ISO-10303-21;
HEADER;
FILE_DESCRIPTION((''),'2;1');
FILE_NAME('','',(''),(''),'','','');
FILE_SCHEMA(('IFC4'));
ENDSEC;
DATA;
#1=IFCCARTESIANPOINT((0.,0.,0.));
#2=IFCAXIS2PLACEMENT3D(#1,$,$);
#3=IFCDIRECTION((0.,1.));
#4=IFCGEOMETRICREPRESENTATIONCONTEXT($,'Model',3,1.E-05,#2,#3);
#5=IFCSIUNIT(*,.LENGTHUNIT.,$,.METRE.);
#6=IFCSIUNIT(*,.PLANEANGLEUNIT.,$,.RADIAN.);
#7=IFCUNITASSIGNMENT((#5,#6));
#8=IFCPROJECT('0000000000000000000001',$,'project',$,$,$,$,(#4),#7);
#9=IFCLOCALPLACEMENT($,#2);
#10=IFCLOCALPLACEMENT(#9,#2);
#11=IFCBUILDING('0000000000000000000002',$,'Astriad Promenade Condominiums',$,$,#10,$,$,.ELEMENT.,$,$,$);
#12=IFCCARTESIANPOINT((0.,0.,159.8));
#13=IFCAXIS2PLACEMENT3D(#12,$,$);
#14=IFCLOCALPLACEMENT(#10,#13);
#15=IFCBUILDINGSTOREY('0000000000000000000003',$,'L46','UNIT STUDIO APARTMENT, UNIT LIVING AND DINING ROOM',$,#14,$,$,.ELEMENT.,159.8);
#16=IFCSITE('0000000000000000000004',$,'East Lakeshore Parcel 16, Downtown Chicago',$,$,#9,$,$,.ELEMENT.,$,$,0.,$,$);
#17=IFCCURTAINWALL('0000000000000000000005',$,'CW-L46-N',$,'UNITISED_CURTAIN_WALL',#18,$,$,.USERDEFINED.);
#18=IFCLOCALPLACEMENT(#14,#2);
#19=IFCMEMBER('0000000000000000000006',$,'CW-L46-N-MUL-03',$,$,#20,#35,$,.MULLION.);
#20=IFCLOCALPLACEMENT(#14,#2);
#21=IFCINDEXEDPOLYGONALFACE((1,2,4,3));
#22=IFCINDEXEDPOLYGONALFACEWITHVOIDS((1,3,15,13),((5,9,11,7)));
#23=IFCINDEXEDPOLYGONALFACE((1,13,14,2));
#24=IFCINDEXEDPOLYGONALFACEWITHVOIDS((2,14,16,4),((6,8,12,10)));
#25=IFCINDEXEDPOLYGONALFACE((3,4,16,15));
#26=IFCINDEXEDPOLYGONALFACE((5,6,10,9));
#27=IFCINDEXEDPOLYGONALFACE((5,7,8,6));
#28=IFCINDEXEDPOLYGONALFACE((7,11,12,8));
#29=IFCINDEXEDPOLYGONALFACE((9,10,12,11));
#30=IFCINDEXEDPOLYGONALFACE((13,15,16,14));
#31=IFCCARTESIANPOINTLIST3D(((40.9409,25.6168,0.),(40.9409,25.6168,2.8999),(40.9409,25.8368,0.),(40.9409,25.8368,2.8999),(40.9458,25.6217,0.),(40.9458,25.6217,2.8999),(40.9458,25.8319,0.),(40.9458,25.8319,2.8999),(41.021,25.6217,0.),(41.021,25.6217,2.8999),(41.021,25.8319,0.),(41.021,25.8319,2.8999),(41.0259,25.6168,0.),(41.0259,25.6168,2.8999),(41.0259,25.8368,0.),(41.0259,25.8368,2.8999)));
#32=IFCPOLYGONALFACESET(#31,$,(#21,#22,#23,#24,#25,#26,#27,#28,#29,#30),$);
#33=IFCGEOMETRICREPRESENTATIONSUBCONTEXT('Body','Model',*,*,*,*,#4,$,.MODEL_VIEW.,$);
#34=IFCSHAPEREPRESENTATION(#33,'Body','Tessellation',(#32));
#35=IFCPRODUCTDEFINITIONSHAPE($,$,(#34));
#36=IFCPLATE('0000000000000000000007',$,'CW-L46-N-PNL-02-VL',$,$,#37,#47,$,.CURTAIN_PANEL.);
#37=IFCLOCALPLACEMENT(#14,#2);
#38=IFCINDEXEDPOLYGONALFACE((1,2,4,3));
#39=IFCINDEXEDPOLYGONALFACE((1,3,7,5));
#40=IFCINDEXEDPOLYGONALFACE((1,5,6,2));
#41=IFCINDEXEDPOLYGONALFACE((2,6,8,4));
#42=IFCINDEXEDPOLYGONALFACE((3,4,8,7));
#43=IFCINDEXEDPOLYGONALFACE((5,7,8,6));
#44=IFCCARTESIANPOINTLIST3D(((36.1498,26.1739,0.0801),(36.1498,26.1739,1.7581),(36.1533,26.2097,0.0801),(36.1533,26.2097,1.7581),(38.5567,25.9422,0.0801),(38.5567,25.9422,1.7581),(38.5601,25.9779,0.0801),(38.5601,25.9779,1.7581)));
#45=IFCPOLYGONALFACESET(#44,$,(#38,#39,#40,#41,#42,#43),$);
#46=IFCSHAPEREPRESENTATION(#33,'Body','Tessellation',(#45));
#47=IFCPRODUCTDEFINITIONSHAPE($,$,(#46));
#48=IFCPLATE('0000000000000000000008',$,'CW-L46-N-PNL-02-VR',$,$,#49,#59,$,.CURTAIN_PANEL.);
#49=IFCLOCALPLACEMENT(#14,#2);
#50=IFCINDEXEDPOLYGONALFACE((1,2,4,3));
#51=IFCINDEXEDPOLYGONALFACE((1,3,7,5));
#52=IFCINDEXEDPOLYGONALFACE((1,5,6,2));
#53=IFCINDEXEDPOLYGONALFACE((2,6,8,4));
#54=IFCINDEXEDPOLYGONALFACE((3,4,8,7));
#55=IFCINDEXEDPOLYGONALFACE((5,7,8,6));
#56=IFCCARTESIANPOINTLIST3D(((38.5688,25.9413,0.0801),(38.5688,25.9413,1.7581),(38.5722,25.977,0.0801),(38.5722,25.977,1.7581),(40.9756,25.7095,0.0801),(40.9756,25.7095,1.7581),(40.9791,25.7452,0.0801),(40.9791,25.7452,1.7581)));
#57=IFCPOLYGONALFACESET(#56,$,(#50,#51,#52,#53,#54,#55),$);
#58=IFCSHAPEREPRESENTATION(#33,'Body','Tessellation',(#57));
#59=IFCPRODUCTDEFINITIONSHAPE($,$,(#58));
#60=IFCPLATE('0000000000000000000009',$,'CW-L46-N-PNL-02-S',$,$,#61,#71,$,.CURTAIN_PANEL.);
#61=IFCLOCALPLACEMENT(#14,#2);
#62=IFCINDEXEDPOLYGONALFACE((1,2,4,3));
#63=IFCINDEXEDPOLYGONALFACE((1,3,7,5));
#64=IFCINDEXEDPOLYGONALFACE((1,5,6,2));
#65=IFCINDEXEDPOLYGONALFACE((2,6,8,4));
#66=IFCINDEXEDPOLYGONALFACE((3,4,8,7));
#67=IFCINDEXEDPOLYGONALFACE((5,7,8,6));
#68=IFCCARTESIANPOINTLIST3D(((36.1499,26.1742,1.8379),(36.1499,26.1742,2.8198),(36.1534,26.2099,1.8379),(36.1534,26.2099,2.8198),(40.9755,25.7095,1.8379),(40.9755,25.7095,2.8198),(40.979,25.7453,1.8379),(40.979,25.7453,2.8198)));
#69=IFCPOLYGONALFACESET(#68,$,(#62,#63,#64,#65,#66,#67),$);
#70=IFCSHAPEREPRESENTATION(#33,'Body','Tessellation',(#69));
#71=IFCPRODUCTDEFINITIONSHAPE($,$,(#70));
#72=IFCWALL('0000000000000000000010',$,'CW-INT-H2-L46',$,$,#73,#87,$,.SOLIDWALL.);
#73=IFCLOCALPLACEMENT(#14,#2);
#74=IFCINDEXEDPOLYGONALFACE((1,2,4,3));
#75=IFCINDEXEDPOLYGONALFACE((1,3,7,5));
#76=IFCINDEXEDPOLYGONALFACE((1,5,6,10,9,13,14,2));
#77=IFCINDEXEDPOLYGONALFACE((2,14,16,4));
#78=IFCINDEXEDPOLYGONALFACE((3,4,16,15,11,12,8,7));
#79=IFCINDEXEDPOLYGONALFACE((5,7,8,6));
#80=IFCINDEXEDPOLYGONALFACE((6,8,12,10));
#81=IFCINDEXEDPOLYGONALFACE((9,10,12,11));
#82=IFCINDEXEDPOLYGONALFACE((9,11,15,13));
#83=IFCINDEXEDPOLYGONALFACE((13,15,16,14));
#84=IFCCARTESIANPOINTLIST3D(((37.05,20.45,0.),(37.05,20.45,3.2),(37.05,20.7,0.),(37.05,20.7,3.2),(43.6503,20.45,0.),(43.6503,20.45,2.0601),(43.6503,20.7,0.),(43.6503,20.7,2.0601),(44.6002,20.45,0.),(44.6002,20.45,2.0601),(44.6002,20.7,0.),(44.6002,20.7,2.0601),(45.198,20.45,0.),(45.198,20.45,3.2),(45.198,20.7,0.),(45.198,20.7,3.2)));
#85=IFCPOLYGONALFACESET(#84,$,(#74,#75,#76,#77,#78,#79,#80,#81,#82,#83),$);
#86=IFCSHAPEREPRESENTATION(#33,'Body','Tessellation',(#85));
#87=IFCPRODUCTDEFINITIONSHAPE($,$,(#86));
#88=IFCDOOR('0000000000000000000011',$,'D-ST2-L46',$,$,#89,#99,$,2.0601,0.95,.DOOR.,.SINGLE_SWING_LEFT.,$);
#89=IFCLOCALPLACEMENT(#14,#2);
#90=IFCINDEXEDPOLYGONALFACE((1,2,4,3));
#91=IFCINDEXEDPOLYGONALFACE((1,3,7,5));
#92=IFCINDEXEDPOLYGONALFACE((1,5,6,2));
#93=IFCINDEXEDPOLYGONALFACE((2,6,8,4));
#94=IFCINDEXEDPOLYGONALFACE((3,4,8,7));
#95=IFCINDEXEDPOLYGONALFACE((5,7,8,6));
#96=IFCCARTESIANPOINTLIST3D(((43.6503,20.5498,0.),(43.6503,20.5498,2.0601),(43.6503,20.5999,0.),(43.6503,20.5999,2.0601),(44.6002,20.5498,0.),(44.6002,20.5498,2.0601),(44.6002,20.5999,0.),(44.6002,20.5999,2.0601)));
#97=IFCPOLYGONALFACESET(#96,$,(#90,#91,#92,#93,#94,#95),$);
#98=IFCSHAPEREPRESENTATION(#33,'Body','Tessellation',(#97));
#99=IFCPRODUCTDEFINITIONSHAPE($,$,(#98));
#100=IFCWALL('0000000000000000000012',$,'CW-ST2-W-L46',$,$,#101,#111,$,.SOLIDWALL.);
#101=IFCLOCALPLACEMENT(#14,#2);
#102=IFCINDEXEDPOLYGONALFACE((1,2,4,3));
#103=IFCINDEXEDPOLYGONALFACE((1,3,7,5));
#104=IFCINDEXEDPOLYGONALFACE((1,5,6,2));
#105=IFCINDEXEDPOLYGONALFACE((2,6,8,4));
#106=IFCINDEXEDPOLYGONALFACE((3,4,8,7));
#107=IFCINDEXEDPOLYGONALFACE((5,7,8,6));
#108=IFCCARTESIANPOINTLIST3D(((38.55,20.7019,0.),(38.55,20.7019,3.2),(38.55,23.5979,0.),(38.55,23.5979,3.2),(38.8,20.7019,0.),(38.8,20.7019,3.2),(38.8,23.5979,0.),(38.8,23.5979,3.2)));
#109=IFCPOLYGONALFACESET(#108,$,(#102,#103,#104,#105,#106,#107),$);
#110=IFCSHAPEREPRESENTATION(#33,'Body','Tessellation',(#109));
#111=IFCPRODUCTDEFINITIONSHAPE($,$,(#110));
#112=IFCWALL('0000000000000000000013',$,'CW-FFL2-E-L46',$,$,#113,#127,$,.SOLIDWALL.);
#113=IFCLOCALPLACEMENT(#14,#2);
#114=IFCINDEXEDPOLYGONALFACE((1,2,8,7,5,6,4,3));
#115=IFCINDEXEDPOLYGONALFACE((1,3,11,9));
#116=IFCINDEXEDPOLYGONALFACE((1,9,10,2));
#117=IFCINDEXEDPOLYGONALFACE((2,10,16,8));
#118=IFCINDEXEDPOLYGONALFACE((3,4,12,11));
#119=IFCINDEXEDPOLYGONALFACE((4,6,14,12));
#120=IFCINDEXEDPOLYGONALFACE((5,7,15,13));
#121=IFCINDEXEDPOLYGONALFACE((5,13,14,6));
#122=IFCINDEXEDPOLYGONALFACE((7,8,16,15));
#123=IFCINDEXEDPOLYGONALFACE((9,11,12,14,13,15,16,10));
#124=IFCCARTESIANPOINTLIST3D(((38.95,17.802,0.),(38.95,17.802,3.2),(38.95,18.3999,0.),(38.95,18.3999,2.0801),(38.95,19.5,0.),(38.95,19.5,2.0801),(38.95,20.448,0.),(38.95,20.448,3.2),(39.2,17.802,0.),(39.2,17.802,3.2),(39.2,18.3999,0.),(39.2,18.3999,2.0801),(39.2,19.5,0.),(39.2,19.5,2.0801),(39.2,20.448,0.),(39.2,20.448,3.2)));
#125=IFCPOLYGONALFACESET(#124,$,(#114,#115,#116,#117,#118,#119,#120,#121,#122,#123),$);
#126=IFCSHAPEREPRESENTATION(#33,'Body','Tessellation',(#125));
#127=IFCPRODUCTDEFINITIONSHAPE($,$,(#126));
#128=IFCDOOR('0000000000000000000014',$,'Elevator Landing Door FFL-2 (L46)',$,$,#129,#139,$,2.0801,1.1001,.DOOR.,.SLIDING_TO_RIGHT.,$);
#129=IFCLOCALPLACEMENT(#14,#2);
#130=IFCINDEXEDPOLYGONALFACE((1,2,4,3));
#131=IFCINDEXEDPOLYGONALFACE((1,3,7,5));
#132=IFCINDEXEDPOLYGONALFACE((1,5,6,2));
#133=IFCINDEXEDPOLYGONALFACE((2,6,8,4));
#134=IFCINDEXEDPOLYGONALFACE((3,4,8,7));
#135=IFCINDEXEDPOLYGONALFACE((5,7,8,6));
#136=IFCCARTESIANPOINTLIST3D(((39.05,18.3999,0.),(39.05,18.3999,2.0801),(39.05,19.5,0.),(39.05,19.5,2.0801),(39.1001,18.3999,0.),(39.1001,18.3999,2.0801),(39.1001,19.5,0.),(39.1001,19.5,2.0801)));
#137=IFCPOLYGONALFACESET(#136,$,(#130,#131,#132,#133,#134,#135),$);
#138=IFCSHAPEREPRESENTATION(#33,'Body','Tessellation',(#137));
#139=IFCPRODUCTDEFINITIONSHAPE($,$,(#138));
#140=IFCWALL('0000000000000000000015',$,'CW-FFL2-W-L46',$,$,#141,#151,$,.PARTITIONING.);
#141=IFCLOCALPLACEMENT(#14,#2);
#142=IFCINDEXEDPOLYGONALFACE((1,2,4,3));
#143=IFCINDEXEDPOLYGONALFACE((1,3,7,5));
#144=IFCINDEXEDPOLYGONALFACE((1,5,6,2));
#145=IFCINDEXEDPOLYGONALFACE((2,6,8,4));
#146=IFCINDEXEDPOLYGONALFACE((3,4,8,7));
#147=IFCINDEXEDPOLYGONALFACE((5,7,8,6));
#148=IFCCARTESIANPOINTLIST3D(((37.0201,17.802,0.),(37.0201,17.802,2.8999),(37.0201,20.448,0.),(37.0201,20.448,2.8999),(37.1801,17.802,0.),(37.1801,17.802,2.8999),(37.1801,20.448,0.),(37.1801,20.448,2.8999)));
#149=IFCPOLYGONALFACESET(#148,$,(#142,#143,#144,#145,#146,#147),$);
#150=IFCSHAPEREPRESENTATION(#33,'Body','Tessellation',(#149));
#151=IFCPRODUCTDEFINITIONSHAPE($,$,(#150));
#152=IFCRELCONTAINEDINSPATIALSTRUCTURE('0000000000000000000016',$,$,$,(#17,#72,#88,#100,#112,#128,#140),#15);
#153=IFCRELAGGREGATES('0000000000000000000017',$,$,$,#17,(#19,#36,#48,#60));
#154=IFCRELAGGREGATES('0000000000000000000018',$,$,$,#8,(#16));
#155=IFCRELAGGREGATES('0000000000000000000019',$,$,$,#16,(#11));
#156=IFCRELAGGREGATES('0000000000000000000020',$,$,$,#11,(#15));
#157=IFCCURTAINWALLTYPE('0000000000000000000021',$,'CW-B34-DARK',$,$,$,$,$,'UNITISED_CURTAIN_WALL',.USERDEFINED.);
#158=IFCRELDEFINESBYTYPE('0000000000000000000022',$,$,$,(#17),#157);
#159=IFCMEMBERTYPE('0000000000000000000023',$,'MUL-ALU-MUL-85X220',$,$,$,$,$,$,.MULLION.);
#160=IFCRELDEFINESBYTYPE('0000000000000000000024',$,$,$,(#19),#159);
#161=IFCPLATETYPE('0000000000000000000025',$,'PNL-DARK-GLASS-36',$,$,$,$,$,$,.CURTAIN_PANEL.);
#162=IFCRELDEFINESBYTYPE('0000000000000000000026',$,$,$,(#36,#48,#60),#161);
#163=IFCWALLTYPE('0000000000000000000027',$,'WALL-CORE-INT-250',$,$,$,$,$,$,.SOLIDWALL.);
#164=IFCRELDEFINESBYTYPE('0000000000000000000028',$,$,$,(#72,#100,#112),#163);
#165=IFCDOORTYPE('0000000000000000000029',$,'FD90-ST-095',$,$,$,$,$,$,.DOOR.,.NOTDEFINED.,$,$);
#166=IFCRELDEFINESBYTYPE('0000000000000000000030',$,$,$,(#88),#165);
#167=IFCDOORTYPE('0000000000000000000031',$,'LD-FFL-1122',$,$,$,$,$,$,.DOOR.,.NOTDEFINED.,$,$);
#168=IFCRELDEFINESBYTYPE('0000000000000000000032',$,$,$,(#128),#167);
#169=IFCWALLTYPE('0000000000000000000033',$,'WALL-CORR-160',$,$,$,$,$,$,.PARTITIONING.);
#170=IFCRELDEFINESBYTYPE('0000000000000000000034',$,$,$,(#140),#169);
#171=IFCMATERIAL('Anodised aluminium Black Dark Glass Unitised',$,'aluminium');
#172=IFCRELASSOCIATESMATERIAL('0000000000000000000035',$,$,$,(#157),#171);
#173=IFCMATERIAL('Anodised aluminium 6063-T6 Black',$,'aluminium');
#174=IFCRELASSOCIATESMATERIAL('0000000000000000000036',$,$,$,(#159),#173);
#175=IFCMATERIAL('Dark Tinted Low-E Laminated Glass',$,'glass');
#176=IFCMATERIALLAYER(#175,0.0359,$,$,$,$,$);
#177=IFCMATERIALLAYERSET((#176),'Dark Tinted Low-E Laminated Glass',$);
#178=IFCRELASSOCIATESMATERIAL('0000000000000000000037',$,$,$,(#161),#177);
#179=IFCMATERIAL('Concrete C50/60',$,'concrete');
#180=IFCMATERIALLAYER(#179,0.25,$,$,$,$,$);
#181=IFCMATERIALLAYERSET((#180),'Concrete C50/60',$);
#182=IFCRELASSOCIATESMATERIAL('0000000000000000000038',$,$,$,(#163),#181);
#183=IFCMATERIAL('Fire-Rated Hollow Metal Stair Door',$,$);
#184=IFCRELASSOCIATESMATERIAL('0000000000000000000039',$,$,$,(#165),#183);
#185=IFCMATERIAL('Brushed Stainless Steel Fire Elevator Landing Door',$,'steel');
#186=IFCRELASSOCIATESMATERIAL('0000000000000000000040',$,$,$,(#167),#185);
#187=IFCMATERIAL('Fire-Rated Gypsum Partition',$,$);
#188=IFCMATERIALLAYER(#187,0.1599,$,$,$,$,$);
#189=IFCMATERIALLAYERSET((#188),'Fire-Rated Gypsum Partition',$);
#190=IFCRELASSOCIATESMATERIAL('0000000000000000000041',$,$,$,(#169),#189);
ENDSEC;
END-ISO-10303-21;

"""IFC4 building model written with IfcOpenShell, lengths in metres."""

from ifc_helpers import new_model, si_unit, direction, frame, frame_2d, origin, origin_2d, place, context, subcontext, project, spatial, rectangle, hollow_rectangle, extrude, source, transform, mapped, material, layer, layer_set, material_profile, profile_set, type_object, type_shapes, element, fill, aggregate, save


model = new_model("IFC4")

# Units and contexts
model_context = context("Model", 3, precision=1e-05, world=origin(), true_north=direction((0.0, 1.0)))
body_context = subcontext(model_context, "Body", "Model", "MODEL_VIEW")
ifc_project = project(units=[si_unit("LENGTHUNIT", "METRE"), si_unit("PLANEANGLEUNIT", "RADIAN")], contexts=[model_context])

# Site, building, storey
site_placement = place(None, origin())
site = spatial("IfcSite", under=ifc_project, at=site_placement, Name="East Lakeshore Parcel 16, Downtown Chicago", CompositionType="ELEMENT", RefElevation=0.0)
building_placement = place(site_placement, origin())
building = spatial("IfcBuilding", under=site, at=building_placement, Name="Astriad Promenade Condominiums", CompositionType="ELEMENT")
storey_placement = place(building_placement, frame((0.0, 0.0, 159.8)))
storey = spatial("IfcBuildingStorey", under=building, at=storey_placement, Name="L46", Description="UNIT STUDIO APARTMENT, UNIT LIVING AND DINING ROOM", CompositionType="ELEMENT", Elevation=159.8)

# Curtain wall, member, plates
ifc_material_1 = material(Name="Anodised aluminium Black Dark Glass Unitised", Category="aluminium")
curtain_wall_type = type_object("IfcCurtainWallType", Name="CW-B34-DARK", ElementType="UNITISED_CURTAIN_WALL", PredefinedType="USERDEFINED", material=ifc_material_1)
curtain_wall_placement = place(storey_placement, origin())
curtain_wall = element("IfcCurtainWall", 1, at=curtain_wall_placement, inside=storey, type_object=curtain_wall_type, Name="CW-L46-N", ObjectType="UNITISED_CURTAIN_WALL", PredefinedType="USERDEFINED")
ifc_material_2 = material(Name="Anodised aluminium 6063-T6 Black", Category="aluminium")
ifc_material_profile_1 = material_profile(ifc_material_2, hollow_rectangle(XDim=0.085, YDim=0.22, WallThickness=0.0049, at=origin_2d()), Name="ALU-MUL-85X220")
ifc_profile_set_1 = profile_set([ifc_material_profile_1], Name="Anodised aluminium 6063-T6 Black")
member_type = type_object("IfcMemberType", Name="MUL-ALU-MUL-85X220", PredefinedType="MULLION", material=ifc_profile_set_1)
shared_shape_1 = source(origin(), body_context, "Body", "SweptSolid", [
    extrude(hollow_rectangle(XDim=0.085, YDim=0.22, WallThickness=0.0049, at=origin_2d()), origin(), (0.0, 0.0, 1.0), 2.8999),
])
type_shapes(member_type, [shared_shape_1])
member_placement = place(storey_placement, frame((40.9834, 25.7268, 0.0), z_axis=(0.0, 0.0, 1.0), x_axis=(1.0, 0.0, 0.0)))
member = element("IfcMember", 2, at=member_placement, type_object=member_type, Name="CW-L46-N-MUL-03", PredefinedType="MULLION", context=body_context, shape_type="MappedRepresentation", body=[
    mapped(shared_shape_1, transform((0.0, 0.0, 0.0), scale=1.0)),
])
ifc_material_3 = material(Name="Dark Tinted Low-E Laminated Glass", Category="glass")
ifc_layer_1 = layer(ifc_material_3, 0.0359)
ifc_layer_set_1 = layer_set([ifc_layer_1], Name="Dark Tinted Low-E Laminated Glass")
plate_type = type_object("IfcPlateType", Name="PNL-DARK-GLASS-36", PredefinedType="CURTAIN_PANEL", material=ifc_layer_set_1)
shared_shape_2 = source(origin(), body_context, "Body", "SweptSolid", [
    extrude(rectangle(XDim=2.418, YDim=0.0359, at=origin_2d()), origin(), (0.0, 0.0, 1.0), 1.678),
])
plate_1_placement = place(storey_placement, frame((37.355, 26.0759, 0.0801), z_axis=(0.0, 0.0, 1.0), x_axis=(0.995396, -0.095846, 0.0)))
plate_1 = element("IfcPlate", 3, at=plate_1_placement, type_object=plate_type, Name="CW-L46-N-PNL-02-VL", PredefinedType="CURTAIN_PANEL", context=body_context, shape_type="MappedRepresentation", body=[
    mapped(shared_shape_2, transform((0.0, 0.0, 0.0), scale=1.0)),
])
plate_2_placement = place(storey_placement, frame((39.7739, 25.8433, 0.0801), z_axis=(0.0, 0.0, 1.0), x_axis=(0.995396, -0.095846, 0.0)))
plate_2 = element("IfcPlate", 4, at=plate_2_placement, type_object=plate_type, Name="CW-L46-N-PNL-02-VR", PredefinedType="CURTAIN_PANEL", context=body_context, shape_type="MappedRepresentation", body=[
    mapped(shared_shape_2, transform((0.0, 0.0, 0.0), scale=1.0)),
])
shared_shape_3 = source(origin(), body_context, "Body", "SweptSolid", [
    extrude(rectangle(XDim=4.8479, YDim=0.0359, at=origin_2d()), origin(), (0.0, 0.0, 1.0), 0.9819),
])
type_shapes(plate_type, [shared_shape_2, shared_shape_3])
plate_3_placement = place(storey_placement, frame((38.5645, 25.9597, 1.8379), z_axis=(0.0, 0.0, 1.0), x_axis=(0.995396, -0.095846, 0.0)))
plate_3 = element("IfcPlate", 5, at=plate_3_placement, type_object=plate_type, Name="CW-L46-N-PNL-02-S", PredefinedType="CURTAIN_PANEL", context=body_context, shape_type="MappedRepresentation", body=[
    mapped(shared_shape_3, transform((0.0, 0.0, 0.0), scale=1.0)),
])
aggregate(curtain_wall, [member, plate_1, plate_2, plate_3])

# Wall, opening, door
ifc_material_4 = material(Name="Concrete C50/60", Category="concrete")
ifc_layer_2 = layer(ifc_material_4, 0.25)
ifc_layer_set_2 = layer_set([ifc_layer_2], Name="Concrete C50/60")
wall_type_1 = type_object("IfcWallType", Name="WALL-CORE-INT-250", PredefinedType="SOLIDWALL", material=ifc_layer_set_2)
wall_1_placement = place(storey_placement, frame((37.05, 20.575, 0.0), z_axis=(0.0, 0.0, 1.0), x_axis=(1.0, 0.0, 0.0)))
wall_1 = element("IfcWall", 6, at=wall_1_placement, inside=storey, type_object=wall_type_1, Name="CW-INT-H2-L46", PredefinedType="SOLIDWALL", context=body_context, shape_type="SweptSolid", body=[
    extrude(rectangle(XDim=8.1479, YDim=0.25, at=frame_2d((4.074, 0.0))), origin(), (0.0, 0.0, 1.0), 3.2),
])
opening_1_placement = place(wall_1_placement, frame((6.6001, 0.0, 0.0)))
opening_1 = element("IfcOpeningElement", 7, at=opening_1_placement, cuts=wall_1, PredefinedType="OPENING", context=body_context, shape_type="SweptSolid", body=[
    extrude(rectangle(XDim=0.95, YDim=2.0601, at=frame_2d((0.4751, 1.03))), frame((0.0, 0.135, 0.0), z_axis=(0.0, -1.0, 0.0), x_axis=(1.0, 0.0, 0.0)), (0.0, 0.0, 1.0), 0.27),
])
ifc_material_5 = material(Name="Fire-Rated Hollow Metal Stair Door")
door_type_1 = type_object("IfcDoorType", Name="FD90-ST-095", OperationType="NOTDEFINED", PredefinedType="DOOR", material=ifc_material_5)
shared_shape_4 = source(origin(), body_context, "Body", "SweptSolid", [
    extrude(rectangle(XDim=0.95, YDim=2.0601, at=frame_2d((0.4751, 1.03))), frame((0.0, 0.0249, 0.0), z_axis=(0.0, -1.0, 0.0), x_axis=(1.0, 0.0, 0.0)), (0.0, 0.0, 1.0), 0.05),
])
type_shapes(door_type_1, [shared_shape_4])
door_1_placement = place(opening_1_placement, origin())
door_1 = element("IfcDoor", 8, at=door_1_placement, inside=storey, type_object=door_type_1, Name="D-ST2-L46", OperationType="SINGLE_SWING_LEFT", OverallHeight=2.0601, OverallWidth=0.95, PredefinedType="DOOR", context=body_context, shape_type="MappedRepresentation", body=[
    mapped(shared_shape_4, transform((0.0, 0.0, 0.0), scale=1.0)),
])
fill(opening_1, door_1)

# Wall
wall_2_placement = place(storey_placement, frame((38.675, 20.7019, 0.0), z_axis=(0.0, 0.0, 1.0), x_axis=(0.0, 1.0, 0.0)))
element("IfcWall", 9, at=wall_2_placement, inside=storey, type_object=wall_type_1, Name="CW-ST2-W-L46", PredefinedType="SOLIDWALL", context=body_context, shape_type="SweptSolid", body=[
    extrude(rectangle(XDim=2.896, YDim=0.25, at=frame_2d((1.448, 0.0))), origin(), (0.0, 0.0, 1.0), 3.2),
])

# Wall, opening, door
wall_3_placement = place(storey_placement, frame((39.075, 17.802, 0.0), z_axis=(0.0, 0.0, 1.0), x_axis=(0.0, 1.0, 0.0)))
wall_3 = element("IfcWall", 10, at=wall_3_placement, inside=storey, type_object=wall_type_1, Name="CW-FFL2-E-L46", PredefinedType="SOLIDWALL", context=body_context, shape_type="SweptSolid", body=[
    extrude(rectangle(XDim=2.646, YDim=0.25, at=frame_2d((1.323, 0.0))), origin(), (0.0, 0.0, 1.0), 3.2),
])
opening_2_placement = place(wall_3_placement, frame((0.5979, 0.0, 0.0)))
opening_2 = element("IfcOpeningElement", 11, at=opening_2_placement, cuts=wall_3, PredefinedType="OPENING", context=body_context, shape_type="SweptSolid", body=[
    extrude(rectangle(XDim=1.1001, YDim=2.0801, at=frame_2d((0.55, 1.04))), frame((0.0, 0.135, 0.0), z_axis=(0.0, -1.0, 0.0), x_axis=(1.0, 0.0, 0.0)), (0.0, 0.0, 1.0), 0.27),
])
ifc_material_6 = material(Name="Brushed Stainless Steel Fire Elevator Landing Door", Category="steel")
door_type_2 = type_object("IfcDoorType", Name="LD-FFL-1122", OperationType="NOTDEFINED", PredefinedType="DOOR", material=ifc_material_6)
shared_shape_5 = source(origin(), body_context, "Body", "SweptSolid", [
    extrude(rectangle(XDim=1.1001, YDim=2.0801, at=frame_2d((0.55, 1.04))), frame((0.0, 0.0249, 0.0), z_axis=(0.0, -1.0, 0.0), x_axis=(1.0, 0.0, 0.0)), (0.0, 0.0, 1.0), 0.05),
])
type_shapes(door_type_2, [shared_shape_5])
door_2_placement = place(opening_2_placement, origin())
door_2 = element("IfcDoor", 12, at=door_2_placement, inside=storey, type_object=door_type_2, Name="Elevator Landing Door FFL-2 (L46)", OperationType="SLIDING_TO_RIGHT", OverallHeight=2.0801, OverallWidth=1.1001, PredefinedType="DOOR", context=body_context, shape_type="MappedRepresentation", body=[
    mapped(shared_shape_5, transform((0.0, 0.0, 0.0), scale=1.0)),
])
fill(opening_2, door_2)

# Wall
ifc_material_7 = material(Name="Fire-Rated Gypsum Partition")
ifc_layer_3 = layer(ifc_material_7, 0.1599)
ifc_layer_set_3 = layer_set([ifc_layer_3], Name="Fire-Rated Gypsum Partition")
wall_type_2 = type_object("IfcWallType", Name="WALL-CORR-160", PredefinedType="PARTITIONING", material=ifc_layer_set_3)
wall_4_placement = place(storey_placement, frame((37.1001, 17.802, 0.0), z_axis=(0.0, 0.0, 1.0), x_axis=(0.0, 1.0, 0.0)))
element("IfcWall", 13, at=wall_4_placement, inside=storey, type_object=wall_type_2, Name="CW-FFL2-W-L46", PredefinedType="PARTITIONING", context=body_context, shape_type="SweptSolid", body=[
    extrude(rectangle(XDim=2.646, YDim=0.1599, at=frame_2d((1.323, 0.0))), origin(), (0.0, 0.0, 1.0), 2.8999),
])

save(model, "model.ifc")
